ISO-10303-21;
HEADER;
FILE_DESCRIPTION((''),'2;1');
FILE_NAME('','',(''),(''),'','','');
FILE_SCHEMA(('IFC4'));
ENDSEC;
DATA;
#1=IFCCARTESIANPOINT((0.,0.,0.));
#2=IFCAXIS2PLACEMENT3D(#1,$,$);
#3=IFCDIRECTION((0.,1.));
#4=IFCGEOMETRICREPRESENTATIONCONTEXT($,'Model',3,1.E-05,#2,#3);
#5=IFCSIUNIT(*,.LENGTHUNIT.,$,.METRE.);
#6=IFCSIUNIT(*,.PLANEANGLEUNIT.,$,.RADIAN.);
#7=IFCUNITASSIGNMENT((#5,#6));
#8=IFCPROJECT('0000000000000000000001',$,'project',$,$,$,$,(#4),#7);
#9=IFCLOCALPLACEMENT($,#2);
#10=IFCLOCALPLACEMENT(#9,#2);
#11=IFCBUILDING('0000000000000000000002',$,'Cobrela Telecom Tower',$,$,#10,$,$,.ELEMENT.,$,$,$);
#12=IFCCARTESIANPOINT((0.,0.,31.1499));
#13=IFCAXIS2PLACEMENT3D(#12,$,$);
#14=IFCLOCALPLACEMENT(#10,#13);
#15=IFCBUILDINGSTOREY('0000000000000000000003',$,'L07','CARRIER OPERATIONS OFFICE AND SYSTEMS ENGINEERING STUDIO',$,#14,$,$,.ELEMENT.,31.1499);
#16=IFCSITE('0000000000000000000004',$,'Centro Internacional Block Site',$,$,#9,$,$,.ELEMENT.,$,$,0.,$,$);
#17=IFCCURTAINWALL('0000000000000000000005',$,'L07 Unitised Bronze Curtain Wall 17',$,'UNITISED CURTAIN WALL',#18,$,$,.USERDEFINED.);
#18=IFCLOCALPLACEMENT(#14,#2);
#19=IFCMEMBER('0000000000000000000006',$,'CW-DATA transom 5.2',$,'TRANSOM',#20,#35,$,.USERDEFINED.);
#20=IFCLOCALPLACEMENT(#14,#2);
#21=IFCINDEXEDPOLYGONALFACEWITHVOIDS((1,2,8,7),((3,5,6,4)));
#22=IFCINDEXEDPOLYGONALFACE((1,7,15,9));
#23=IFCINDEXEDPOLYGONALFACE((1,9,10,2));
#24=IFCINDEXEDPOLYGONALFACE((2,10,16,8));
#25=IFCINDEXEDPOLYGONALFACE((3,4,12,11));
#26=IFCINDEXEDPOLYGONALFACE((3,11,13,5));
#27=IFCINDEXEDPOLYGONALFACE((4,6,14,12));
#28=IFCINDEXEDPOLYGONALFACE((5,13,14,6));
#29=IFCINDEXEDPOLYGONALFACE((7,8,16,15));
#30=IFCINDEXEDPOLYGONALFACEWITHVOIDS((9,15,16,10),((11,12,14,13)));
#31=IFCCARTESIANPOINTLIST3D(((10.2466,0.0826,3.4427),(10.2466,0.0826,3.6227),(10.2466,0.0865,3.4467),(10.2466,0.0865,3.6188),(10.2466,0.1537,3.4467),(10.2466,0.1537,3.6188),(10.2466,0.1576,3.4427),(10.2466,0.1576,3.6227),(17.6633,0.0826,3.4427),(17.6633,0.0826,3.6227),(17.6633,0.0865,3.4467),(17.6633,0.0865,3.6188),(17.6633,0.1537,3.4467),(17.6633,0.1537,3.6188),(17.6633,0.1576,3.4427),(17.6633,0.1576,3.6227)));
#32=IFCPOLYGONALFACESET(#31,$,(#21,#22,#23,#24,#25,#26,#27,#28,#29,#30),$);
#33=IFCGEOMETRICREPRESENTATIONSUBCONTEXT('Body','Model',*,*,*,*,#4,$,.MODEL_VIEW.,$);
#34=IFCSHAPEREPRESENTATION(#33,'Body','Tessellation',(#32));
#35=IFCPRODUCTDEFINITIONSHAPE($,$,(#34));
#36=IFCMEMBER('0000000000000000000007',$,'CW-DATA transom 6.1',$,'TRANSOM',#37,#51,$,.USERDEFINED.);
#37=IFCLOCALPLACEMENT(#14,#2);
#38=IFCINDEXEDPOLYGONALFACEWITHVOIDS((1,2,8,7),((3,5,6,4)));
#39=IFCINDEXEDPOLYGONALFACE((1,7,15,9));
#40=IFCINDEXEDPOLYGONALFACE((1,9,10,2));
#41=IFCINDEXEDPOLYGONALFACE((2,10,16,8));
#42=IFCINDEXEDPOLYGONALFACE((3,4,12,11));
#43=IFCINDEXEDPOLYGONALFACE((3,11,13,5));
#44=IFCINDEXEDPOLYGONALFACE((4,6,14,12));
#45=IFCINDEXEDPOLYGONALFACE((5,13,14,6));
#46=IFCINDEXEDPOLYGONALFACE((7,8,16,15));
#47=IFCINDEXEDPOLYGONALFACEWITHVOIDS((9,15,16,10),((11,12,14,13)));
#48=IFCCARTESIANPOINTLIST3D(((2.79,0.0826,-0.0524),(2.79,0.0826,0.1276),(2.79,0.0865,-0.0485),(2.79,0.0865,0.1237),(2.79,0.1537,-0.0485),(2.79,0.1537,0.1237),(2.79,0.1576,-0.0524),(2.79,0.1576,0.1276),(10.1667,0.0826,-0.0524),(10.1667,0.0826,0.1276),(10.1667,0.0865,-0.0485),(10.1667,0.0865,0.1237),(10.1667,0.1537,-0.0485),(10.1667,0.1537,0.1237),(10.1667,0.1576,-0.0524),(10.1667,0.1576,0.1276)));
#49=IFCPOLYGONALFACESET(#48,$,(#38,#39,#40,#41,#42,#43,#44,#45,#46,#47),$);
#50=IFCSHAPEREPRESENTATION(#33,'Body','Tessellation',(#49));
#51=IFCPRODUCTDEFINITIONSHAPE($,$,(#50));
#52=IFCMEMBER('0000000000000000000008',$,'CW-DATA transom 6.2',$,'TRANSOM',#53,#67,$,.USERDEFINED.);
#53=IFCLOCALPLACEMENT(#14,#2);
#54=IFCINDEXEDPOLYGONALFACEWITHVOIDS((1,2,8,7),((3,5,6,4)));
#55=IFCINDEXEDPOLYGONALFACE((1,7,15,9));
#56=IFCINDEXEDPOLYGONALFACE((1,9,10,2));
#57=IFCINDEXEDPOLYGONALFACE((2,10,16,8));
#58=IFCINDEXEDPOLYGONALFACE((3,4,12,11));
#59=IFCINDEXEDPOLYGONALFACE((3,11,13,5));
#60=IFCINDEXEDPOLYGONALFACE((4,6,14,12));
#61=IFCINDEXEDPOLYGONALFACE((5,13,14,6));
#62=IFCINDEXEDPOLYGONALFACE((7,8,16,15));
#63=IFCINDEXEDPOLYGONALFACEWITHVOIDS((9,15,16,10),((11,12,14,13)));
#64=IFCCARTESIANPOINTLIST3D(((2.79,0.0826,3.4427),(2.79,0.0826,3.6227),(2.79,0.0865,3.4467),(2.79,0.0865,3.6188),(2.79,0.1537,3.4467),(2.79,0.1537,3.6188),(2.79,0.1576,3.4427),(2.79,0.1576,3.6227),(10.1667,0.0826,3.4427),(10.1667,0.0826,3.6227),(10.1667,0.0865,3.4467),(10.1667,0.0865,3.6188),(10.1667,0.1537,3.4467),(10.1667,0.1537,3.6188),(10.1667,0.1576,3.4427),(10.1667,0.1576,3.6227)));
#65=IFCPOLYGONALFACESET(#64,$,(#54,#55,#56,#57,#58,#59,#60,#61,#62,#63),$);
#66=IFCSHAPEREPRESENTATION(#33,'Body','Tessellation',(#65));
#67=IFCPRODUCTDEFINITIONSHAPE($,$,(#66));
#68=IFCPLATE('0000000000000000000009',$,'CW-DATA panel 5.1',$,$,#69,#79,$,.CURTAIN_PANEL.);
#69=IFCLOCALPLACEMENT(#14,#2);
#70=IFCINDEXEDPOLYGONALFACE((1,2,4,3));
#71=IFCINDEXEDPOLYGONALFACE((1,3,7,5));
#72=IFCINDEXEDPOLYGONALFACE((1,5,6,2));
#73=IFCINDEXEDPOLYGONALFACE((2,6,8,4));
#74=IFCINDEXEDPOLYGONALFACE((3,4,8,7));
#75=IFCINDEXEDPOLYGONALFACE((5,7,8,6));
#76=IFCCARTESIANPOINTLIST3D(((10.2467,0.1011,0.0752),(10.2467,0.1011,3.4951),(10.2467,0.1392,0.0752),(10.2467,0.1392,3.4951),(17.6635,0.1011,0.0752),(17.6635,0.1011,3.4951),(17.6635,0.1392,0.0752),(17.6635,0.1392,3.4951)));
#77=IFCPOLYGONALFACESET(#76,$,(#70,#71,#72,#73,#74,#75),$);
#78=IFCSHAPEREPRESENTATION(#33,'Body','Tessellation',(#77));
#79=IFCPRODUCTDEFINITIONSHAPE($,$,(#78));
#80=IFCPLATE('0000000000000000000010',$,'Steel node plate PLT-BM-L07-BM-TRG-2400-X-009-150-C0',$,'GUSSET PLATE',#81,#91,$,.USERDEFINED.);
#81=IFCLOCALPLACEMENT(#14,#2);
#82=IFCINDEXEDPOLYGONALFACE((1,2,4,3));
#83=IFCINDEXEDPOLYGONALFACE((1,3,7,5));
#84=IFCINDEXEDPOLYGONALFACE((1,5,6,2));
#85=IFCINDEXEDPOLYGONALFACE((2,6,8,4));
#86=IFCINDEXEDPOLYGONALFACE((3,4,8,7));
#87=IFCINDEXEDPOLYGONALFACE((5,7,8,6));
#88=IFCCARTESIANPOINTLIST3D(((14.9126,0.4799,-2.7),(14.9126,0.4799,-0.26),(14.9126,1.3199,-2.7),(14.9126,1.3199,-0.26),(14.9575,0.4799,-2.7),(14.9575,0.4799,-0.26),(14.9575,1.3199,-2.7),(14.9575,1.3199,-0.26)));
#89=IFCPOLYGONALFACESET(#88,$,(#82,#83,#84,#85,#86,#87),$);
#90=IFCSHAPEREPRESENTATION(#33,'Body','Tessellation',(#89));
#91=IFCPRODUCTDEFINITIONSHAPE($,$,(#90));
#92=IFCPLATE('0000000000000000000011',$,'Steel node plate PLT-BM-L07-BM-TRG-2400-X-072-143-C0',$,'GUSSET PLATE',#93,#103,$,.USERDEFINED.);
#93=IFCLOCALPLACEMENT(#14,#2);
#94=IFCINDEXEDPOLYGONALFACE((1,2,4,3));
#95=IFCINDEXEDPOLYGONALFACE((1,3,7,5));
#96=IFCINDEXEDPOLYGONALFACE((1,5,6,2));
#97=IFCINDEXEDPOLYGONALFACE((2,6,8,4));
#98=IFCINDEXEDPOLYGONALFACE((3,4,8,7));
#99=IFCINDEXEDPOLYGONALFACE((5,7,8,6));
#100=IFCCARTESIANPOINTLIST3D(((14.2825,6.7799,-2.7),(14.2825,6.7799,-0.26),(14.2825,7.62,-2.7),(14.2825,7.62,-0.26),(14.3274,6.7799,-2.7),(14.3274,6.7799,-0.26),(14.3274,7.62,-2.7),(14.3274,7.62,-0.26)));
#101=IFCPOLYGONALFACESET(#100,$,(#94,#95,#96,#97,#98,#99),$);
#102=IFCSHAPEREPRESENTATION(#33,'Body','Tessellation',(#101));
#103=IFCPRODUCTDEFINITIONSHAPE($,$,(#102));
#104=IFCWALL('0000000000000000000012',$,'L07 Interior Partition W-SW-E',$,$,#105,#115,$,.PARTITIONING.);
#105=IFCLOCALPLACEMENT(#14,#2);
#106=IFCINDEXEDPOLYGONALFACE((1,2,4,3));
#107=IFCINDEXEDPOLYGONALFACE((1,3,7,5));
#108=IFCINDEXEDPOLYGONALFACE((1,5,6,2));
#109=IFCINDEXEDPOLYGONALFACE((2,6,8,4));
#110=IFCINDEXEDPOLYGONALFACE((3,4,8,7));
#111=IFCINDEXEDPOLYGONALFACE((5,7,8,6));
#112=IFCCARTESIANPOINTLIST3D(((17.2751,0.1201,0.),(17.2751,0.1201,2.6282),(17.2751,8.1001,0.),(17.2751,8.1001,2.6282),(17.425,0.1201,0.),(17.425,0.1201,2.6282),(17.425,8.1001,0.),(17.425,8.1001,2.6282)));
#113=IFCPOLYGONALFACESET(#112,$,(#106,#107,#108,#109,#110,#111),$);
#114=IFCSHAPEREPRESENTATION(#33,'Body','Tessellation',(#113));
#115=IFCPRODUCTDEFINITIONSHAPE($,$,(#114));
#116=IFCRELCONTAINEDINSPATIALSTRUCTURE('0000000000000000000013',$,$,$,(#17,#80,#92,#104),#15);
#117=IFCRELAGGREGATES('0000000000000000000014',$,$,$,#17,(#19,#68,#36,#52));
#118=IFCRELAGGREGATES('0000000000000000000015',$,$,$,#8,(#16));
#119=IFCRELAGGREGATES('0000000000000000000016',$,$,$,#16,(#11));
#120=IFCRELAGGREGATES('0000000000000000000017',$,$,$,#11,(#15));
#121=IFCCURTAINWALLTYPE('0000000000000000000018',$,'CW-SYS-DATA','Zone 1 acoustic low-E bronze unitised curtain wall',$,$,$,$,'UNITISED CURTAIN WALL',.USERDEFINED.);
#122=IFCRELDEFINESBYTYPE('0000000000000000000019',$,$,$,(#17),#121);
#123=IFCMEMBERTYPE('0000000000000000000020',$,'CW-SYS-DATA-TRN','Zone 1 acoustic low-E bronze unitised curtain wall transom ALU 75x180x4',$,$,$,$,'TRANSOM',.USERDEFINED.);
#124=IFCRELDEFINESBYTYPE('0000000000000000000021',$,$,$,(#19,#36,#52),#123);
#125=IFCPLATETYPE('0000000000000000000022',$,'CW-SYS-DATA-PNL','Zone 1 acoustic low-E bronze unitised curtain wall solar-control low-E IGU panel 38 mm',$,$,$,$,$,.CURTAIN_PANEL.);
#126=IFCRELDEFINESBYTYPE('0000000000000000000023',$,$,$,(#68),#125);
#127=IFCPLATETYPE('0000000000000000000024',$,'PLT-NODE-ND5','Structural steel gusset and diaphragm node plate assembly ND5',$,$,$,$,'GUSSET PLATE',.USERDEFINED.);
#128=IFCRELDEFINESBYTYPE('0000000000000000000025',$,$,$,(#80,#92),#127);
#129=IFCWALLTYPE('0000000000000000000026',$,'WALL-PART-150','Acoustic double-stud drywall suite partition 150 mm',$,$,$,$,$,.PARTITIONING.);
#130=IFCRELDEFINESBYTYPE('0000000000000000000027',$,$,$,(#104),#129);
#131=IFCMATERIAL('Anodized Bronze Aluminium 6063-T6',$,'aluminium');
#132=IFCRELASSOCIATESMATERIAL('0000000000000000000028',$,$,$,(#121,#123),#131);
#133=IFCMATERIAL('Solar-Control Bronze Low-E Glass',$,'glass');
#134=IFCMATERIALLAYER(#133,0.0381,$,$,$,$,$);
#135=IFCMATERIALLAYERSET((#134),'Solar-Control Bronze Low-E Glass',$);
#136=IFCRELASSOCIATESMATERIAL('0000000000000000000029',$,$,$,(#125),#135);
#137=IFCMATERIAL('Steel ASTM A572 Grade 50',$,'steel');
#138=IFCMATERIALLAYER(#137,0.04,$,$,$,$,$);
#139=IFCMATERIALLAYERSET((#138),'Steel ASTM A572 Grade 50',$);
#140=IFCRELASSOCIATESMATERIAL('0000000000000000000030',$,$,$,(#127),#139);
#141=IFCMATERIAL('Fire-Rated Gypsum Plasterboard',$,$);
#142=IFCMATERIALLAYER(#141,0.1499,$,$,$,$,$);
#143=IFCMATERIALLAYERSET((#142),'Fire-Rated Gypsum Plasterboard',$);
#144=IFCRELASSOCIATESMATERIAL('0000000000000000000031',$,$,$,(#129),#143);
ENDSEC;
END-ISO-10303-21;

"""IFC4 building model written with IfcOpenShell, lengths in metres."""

from ifc_helpers import new_model, si_unit, direction, frame, frame_2d, origin, origin_2d, place, context, subcontext, project, spatial, rectangle, hollow_rectangle, extrude, material, layer, layer_set, material_profile, profile_set, type_object, element, aggregate, save


model = new_model("IFC4")

# Units and contexts
model_context = context("Model", 3, precision=1e-05, world=origin(), true_north=direction((0.0, 1.0)))
body_context = subcontext(model_context, "Body", "Model", "MODEL_VIEW")
ifc_project = project(units=[si_unit("LENGTHUNIT", "METRE"), si_unit("PLANEANGLEUNIT", "RADIAN")], contexts=[model_context])

# Site, building, storey
site_placement = place(None, origin())
site = spatial("IfcSite", under=ifc_project, at=site_placement, Name="Centro Internacional Block Site", CompositionType="ELEMENT", RefElevation=0.0)
building_placement = place(site_placement, origin())
building = spatial("IfcBuilding", under=site, at=building_placement, Name="Cobrela Telecom Tower", CompositionType="ELEMENT")
storey_placement = place(building_placement, frame((0.0, 0.0, 31.1499)))
storey = spatial("IfcBuildingStorey", under=building, at=storey_placement, Name="L07", Description="CARRIER OPERATIONS OFFICE AND SYSTEMS ENGINEERING STUDIO", CompositionType="ELEMENT", Elevation=31.1499)

# Shared definitions
ifc_material_1 = material(Name="Steel ASTM A572 Grade 50", Category="steel")

# Curtain wall, members, plate
ifc_material_2 = material(Name="Anodized Bronze Aluminium 6063-T6", Category="aluminium")
curtain_wall_type = type_object("IfcCurtainWallType", Name="CW-SYS-DATA", Description="Zone 1 acoustic low-E bronze unitised curtain wall", ElementType="UNITISED CURTAIN WALL", PredefinedType="USERDEFINED", material=ifc_material_2)
curtain_wall_placement = place(storey_placement, origin())
curtain_wall = element("IfcCurtainWall", 1, at=curtain_wall_placement, inside=storey, type_object=curtain_wall_type, Name="L07 Unitised Bronze Curtain Wall 17", ObjectType="UNITISED CURTAIN WALL", PredefinedType="USERDEFINED")
ifc_material_profile_1 = material_profile(ifc_material_2, hollow_rectangle(XDim=0.075, YDim=0.1799, WallThickness=0.0039, at=origin_2d()), Name="ALU 75x180x4")
ifc_profile_set_1 = profile_set([ifc_material_profile_1], Name="Anodized Bronze Aluminium 6063-T6")
member_type_1 = type_object("IfcMemberType", Name="CW-SYS-DATA-TRN", Description="Zone 1 acoustic low-E bronze unitised curtain wall transom ALU 75x180x4", ElementType="TRANSOM", PredefinedType="USERDEFINED", material=ifc_profile_set_1)
member_1_placement = place(storey_placement, frame((17.6633, 0.1201, 3.5327), z_axis=(-1.0, 0.0, 0.0), x_axis=(0.0, -1.0, 0.0)))
member_1 = element("IfcMember", 2, at=member_1_placement, type_object=member_type_1, Name="CW-DATA transom 5.2", ObjectType="TRANSOM", PredefinedType="USERDEFINED", context=body_context, shape_type="SweptSolid", body=[
    extrude(hollow_rectangle(XDim=0.075, YDim=0.1799, WallThickness=0.0039, at=origin_2d()), origin(), (0.0, 0.0, 1.0), 7.4167),
])
member_2_placement = place(storey_placement, frame((10.1667, 0.1201, 0.0376), z_axis=(-1.0, 0.0, 0.0), x_axis=(0.0, -1.0, 0.0)))
member_2 = element("IfcMember", 3, at=member_2_placement, type_object=member_type_1, Name="CW-DATA transom 6.1", ObjectType="TRANSOM", PredefinedType="USERDEFINED", context=body_context, shape_type="SweptSolid", body=[
    extrude(hollow_rectangle(XDim=0.075, YDim=0.1799, WallThickness=0.0039, at=origin_2d()), origin(), (0.0, 0.0, 1.0), 7.3767),
])
member_3_placement = place(storey_placement, frame((10.1667, 0.1201, 3.5327), z_axis=(-1.0, 0.0, 0.0), x_axis=(0.0, -1.0, 0.0)))
member_3 = element("IfcMember", 4, at=member_3_placement, type_object=member_type_1, Name="CW-DATA transom 6.2", ObjectType="TRANSOM", PredefinedType="USERDEFINED", context=body_context, shape_type="SweptSolid", body=[
    extrude(hollow_rectangle(XDim=0.075, YDim=0.1799, WallThickness=0.0039, at=origin_2d()), origin(), (0.0, 0.0, 1.0), 7.3767),
])
ifc_material_3 = material(Name="Solar-Control Bronze Low-E Glass", Category="glass")
ifc_layer_1 = layer(ifc_material_3, 0.0381)
ifc_layer_set_1 = layer_set([ifc_layer_1], Name="Solar-Control Bronze Low-E Glass")
plate_type_1 = type_object("IfcPlateType", Name="CW-SYS-DATA-PNL", Description="Zone 1 acoustic low-E bronze unitised curtain wall solar-control low-E IGU panel 38 mm", PredefinedType="CURTAIN_PANEL", material=ifc_layer_set_1)
plate_placement = place(storey_placement, frame((13.9551, 0.1201, 0.0752), z_axis=(0.0, 0.0, 1.0), x_axis=(-1.0, 0.0, 0.0)))
plate = element("IfcPlate", 5, at=plate_placement, type_object=plate_type_1, Name="CW-DATA panel 5.1", PredefinedType="CURTAIN_PANEL", context=body_context, shape_type="SweptSolid", body=[
    extrude(rectangle(XDim=7.4167, YDim=0.0381, at=origin_2d()), origin(), (0.0, 0.0, 1.0), 3.4199),
])
aggregate(curtain_wall, [member_1, plate, member_2, member_3])

# Plates
ifc_layer_2 = layer(ifc_material_1, 0.04)
ifc_layer_set_2 = layer_set([ifc_layer_2], Name="Steel ASTM A572 Grade 50")
plate_type_2 = type_object("IfcPlateType", Name="PLT-NODE-ND5", Description="Structural steel gusset and diaphragm node plate assembly ND5", ElementType="GUSSET PLATE", PredefinedType="USERDEFINED", material=ifc_layer_set_2)
for number, where, z_axis, x_axis, name in (
    (6, (14.9351, 0.8999, -2.7), (0.0, 0.0, 1.0), (1.0, 0.0, 0.0), "Steel node plate PLT-BM-L07-BM-TRG-2400-X-009-150-C0"),
    (7, (14.3049, 7.2, -2.7), (0.0, 0.0, 1.0), (1.0, 0.0, 0.0), "Steel node plate PLT-BM-L07-BM-TRG-2400-X-072-143-C0"),
):
    element("IfcPlate", number, at=place(storey_placement, frame(where, z_axis=z_axis, x_axis=x_axis)), inside=storey, type_object=plate_type_2, Name=name, ObjectType="GUSSET PLATE", PredefinedType="USERDEFINED", context=body_context, shape_type="SweptSolid", body=[
        extrude(rectangle(XDim=0.0449, YDim=0.8401, at=origin_2d()), origin(), (0.0, 0.0, 1.0), 2.4399),
    ])

# Wall
ifc_material_4 = material(Name="Fire-Rated Gypsum Plasterboard")
ifc_layer_3 = layer(ifc_material_4, 0.1499)
ifc_layer_set_3 = layer_set([ifc_layer_3], Name="Fire-Rated Gypsum Plasterboard")
wall_type = type_object("IfcWallType", Name="WALL-PART-150", Description="Acoustic double-stud drywall suite partition 150 mm", PredefinedType="PARTITIONING", material=ifc_layer_set_3)
wall_placement = place(storey_placement, frame((17.3501, 0.1201, 0.0), z_axis=(0.0, 0.0, 1.0), x_axis=(0.0, 1.0, 0.0)))
element("IfcWall", 8, at=wall_placement, inside=storey, type_object=wall_type, Name="L07 Interior Partition W-SW-E", PredefinedType="PARTITIONING", context=body_context, shape_type="SweptSolid", body=[
    extrude(rectangle(XDim=7.98, YDim=0.1499, at=frame_2d((3.99, 0.0))), origin(), (0.0, 0.0, 1.0), 2.6282),
])

save(model, "model.ifc")
